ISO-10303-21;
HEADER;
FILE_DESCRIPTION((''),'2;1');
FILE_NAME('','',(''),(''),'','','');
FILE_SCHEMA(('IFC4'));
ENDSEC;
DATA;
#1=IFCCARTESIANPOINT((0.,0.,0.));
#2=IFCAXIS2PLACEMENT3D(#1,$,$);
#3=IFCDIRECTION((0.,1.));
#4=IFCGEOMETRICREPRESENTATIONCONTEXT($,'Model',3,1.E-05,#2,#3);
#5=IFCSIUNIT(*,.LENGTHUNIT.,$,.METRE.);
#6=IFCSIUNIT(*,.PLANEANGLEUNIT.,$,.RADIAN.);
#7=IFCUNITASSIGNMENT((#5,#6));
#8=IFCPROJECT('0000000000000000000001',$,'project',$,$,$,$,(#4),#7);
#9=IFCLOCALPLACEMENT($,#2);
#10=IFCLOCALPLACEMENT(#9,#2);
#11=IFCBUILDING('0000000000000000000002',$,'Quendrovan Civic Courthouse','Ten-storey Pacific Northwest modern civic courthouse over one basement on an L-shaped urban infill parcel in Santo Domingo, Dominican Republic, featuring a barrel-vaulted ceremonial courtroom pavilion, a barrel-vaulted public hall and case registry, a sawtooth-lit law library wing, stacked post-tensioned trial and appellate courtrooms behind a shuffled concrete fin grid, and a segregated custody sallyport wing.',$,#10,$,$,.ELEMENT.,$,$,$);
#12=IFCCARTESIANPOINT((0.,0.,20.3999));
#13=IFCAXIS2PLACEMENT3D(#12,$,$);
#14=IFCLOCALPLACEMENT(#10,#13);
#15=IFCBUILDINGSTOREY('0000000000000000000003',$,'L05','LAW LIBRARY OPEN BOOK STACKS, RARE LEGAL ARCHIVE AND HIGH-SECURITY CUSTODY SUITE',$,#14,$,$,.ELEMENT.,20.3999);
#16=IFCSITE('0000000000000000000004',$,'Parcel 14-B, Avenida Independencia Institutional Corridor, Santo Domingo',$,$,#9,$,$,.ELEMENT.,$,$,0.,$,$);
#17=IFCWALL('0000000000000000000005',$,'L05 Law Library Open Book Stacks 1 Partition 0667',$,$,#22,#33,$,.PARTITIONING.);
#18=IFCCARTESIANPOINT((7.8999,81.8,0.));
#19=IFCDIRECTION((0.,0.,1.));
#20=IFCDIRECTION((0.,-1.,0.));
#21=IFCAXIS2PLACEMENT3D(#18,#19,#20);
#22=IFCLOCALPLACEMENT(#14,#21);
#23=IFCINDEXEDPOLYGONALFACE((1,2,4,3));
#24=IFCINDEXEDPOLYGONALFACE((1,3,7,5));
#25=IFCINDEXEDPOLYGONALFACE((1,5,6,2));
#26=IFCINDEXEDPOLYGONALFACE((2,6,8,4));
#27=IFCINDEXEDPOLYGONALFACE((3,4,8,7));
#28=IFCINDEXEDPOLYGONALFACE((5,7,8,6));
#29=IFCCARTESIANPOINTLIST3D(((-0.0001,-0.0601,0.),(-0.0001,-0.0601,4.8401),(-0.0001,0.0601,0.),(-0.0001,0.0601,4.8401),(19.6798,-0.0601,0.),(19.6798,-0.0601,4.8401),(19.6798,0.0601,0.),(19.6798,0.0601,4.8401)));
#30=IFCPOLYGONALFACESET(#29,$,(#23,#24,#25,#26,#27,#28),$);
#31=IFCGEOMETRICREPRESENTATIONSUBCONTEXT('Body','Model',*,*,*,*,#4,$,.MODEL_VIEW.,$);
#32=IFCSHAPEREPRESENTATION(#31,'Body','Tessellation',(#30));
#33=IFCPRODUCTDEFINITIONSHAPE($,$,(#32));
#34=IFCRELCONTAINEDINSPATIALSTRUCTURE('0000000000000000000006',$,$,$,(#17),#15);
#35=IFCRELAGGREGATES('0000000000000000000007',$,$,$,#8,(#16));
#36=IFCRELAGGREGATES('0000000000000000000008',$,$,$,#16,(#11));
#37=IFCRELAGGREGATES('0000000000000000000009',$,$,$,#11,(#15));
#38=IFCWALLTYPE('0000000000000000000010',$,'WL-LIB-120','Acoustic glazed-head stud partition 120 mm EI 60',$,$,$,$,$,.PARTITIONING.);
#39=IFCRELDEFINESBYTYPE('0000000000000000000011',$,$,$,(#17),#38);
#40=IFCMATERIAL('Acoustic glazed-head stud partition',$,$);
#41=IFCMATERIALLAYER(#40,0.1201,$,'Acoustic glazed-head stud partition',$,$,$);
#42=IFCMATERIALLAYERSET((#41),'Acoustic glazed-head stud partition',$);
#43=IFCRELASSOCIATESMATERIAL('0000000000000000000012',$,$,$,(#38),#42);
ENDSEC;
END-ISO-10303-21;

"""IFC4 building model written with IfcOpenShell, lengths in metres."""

from ifc_helpers import new_model, si_unit, direction, frame, frame_2d, origin, place, context, subcontext, project, spatial, rectangle, extrude, material, layer, layer_set, type_object, element, save


model = new_model("IFC4")

# Units and contexts
model_context = context("Model", 3, precision=1e-05, world=origin(), true_north=direction((0.0, 1.0)))
body_context = subcontext(model_context, "Body", "Model", "MODEL_VIEW")
ifc_project = project(units=[si_unit("LENGTHUNIT", "METRE"), si_unit("PLANEANGLEUNIT", "RADIAN")], contexts=[model_context])

# Site, building, storey
site_placement = place(None, origin())
site = spatial("IfcSite", under=ifc_project, at=site_placement, Name="Parcel 14-B, Avenida Independencia Institutional Corridor, Santo Domingo", CompositionType="ELEMENT", RefElevation=0.0)
building_placement = place(site_placement, origin())
building = spatial("IfcBuilding", under=site, at=building_placement, Name="Quendrovan Civic Courthouse", Description="Ten-storey Pacific Northwest modern civic courthouse over one basement on an L-shaped urban infill parcel in Santo Domingo, Dominican Republic, featuring a barrel-vaulted ceremonial courtroom pavilion, a barrel-vaulted public hall and case registry, a sawtooth-lit law library wing, stacked post-tensioned trial and appellate courtrooms behind a shuffled concrete fin grid, and a segregated custody sallyport wing.", CompositionType="ELEMENT")
storey_placement = place(building_placement, frame((0.0, 0.0, 20.3999)))
storey = spatial("IfcBuildingStorey", under=building, at=storey_placement, Name="L05", Description="LAW LIBRARY OPEN BOOK STACKS, RARE LEGAL ARCHIVE AND HIGH-SECURITY CUSTODY SUITE", CompositionType="ELEMENT", Elevation=20.3999)

# Wall
ifc_material_1 = material(Name="Acoustic glazed-head stud partition")
ifc_layer_1 = layer(ifc_material_1, 0.1201, Name="Acoustic glazed-head stud partition")
ifc_layer_set_1 = layer_set([ifc_layer_1], Name="Acoustic glazed-head stud partition")
wall_type_1 = type_object("IfcWallType", Name="WL-LIB-120", Description="Acoustic glazed-head stud partition 120 mm EI 60", PredefinedType="PARTITIONING", material=ifc_layer_set_1)
wall_1_placement = place(storey_placement, frame((7.8999, 81.8, 0.0), z_axis=(0.0, 0.0, 1.0), x_axis=(0.0, -1.0, 0.0)))
element("IfcWall", 1, at=wall_1_placement, inside=storey, type_object=wall_type_1, Name="L05 Law Library Open Book Stacks 1 Partition 0667", PredefinedType="PARTITIONING", context=body_context, shape_type="SweptSolid", body=[
    extrude(rectangle(XDim=19.6799, YDim=0.1201, at=frame_2d((9.8398, 0.0))), origin(), (0.0, 0.0, 1.0), 4.8401),
])

save(model, "model.ifc")
